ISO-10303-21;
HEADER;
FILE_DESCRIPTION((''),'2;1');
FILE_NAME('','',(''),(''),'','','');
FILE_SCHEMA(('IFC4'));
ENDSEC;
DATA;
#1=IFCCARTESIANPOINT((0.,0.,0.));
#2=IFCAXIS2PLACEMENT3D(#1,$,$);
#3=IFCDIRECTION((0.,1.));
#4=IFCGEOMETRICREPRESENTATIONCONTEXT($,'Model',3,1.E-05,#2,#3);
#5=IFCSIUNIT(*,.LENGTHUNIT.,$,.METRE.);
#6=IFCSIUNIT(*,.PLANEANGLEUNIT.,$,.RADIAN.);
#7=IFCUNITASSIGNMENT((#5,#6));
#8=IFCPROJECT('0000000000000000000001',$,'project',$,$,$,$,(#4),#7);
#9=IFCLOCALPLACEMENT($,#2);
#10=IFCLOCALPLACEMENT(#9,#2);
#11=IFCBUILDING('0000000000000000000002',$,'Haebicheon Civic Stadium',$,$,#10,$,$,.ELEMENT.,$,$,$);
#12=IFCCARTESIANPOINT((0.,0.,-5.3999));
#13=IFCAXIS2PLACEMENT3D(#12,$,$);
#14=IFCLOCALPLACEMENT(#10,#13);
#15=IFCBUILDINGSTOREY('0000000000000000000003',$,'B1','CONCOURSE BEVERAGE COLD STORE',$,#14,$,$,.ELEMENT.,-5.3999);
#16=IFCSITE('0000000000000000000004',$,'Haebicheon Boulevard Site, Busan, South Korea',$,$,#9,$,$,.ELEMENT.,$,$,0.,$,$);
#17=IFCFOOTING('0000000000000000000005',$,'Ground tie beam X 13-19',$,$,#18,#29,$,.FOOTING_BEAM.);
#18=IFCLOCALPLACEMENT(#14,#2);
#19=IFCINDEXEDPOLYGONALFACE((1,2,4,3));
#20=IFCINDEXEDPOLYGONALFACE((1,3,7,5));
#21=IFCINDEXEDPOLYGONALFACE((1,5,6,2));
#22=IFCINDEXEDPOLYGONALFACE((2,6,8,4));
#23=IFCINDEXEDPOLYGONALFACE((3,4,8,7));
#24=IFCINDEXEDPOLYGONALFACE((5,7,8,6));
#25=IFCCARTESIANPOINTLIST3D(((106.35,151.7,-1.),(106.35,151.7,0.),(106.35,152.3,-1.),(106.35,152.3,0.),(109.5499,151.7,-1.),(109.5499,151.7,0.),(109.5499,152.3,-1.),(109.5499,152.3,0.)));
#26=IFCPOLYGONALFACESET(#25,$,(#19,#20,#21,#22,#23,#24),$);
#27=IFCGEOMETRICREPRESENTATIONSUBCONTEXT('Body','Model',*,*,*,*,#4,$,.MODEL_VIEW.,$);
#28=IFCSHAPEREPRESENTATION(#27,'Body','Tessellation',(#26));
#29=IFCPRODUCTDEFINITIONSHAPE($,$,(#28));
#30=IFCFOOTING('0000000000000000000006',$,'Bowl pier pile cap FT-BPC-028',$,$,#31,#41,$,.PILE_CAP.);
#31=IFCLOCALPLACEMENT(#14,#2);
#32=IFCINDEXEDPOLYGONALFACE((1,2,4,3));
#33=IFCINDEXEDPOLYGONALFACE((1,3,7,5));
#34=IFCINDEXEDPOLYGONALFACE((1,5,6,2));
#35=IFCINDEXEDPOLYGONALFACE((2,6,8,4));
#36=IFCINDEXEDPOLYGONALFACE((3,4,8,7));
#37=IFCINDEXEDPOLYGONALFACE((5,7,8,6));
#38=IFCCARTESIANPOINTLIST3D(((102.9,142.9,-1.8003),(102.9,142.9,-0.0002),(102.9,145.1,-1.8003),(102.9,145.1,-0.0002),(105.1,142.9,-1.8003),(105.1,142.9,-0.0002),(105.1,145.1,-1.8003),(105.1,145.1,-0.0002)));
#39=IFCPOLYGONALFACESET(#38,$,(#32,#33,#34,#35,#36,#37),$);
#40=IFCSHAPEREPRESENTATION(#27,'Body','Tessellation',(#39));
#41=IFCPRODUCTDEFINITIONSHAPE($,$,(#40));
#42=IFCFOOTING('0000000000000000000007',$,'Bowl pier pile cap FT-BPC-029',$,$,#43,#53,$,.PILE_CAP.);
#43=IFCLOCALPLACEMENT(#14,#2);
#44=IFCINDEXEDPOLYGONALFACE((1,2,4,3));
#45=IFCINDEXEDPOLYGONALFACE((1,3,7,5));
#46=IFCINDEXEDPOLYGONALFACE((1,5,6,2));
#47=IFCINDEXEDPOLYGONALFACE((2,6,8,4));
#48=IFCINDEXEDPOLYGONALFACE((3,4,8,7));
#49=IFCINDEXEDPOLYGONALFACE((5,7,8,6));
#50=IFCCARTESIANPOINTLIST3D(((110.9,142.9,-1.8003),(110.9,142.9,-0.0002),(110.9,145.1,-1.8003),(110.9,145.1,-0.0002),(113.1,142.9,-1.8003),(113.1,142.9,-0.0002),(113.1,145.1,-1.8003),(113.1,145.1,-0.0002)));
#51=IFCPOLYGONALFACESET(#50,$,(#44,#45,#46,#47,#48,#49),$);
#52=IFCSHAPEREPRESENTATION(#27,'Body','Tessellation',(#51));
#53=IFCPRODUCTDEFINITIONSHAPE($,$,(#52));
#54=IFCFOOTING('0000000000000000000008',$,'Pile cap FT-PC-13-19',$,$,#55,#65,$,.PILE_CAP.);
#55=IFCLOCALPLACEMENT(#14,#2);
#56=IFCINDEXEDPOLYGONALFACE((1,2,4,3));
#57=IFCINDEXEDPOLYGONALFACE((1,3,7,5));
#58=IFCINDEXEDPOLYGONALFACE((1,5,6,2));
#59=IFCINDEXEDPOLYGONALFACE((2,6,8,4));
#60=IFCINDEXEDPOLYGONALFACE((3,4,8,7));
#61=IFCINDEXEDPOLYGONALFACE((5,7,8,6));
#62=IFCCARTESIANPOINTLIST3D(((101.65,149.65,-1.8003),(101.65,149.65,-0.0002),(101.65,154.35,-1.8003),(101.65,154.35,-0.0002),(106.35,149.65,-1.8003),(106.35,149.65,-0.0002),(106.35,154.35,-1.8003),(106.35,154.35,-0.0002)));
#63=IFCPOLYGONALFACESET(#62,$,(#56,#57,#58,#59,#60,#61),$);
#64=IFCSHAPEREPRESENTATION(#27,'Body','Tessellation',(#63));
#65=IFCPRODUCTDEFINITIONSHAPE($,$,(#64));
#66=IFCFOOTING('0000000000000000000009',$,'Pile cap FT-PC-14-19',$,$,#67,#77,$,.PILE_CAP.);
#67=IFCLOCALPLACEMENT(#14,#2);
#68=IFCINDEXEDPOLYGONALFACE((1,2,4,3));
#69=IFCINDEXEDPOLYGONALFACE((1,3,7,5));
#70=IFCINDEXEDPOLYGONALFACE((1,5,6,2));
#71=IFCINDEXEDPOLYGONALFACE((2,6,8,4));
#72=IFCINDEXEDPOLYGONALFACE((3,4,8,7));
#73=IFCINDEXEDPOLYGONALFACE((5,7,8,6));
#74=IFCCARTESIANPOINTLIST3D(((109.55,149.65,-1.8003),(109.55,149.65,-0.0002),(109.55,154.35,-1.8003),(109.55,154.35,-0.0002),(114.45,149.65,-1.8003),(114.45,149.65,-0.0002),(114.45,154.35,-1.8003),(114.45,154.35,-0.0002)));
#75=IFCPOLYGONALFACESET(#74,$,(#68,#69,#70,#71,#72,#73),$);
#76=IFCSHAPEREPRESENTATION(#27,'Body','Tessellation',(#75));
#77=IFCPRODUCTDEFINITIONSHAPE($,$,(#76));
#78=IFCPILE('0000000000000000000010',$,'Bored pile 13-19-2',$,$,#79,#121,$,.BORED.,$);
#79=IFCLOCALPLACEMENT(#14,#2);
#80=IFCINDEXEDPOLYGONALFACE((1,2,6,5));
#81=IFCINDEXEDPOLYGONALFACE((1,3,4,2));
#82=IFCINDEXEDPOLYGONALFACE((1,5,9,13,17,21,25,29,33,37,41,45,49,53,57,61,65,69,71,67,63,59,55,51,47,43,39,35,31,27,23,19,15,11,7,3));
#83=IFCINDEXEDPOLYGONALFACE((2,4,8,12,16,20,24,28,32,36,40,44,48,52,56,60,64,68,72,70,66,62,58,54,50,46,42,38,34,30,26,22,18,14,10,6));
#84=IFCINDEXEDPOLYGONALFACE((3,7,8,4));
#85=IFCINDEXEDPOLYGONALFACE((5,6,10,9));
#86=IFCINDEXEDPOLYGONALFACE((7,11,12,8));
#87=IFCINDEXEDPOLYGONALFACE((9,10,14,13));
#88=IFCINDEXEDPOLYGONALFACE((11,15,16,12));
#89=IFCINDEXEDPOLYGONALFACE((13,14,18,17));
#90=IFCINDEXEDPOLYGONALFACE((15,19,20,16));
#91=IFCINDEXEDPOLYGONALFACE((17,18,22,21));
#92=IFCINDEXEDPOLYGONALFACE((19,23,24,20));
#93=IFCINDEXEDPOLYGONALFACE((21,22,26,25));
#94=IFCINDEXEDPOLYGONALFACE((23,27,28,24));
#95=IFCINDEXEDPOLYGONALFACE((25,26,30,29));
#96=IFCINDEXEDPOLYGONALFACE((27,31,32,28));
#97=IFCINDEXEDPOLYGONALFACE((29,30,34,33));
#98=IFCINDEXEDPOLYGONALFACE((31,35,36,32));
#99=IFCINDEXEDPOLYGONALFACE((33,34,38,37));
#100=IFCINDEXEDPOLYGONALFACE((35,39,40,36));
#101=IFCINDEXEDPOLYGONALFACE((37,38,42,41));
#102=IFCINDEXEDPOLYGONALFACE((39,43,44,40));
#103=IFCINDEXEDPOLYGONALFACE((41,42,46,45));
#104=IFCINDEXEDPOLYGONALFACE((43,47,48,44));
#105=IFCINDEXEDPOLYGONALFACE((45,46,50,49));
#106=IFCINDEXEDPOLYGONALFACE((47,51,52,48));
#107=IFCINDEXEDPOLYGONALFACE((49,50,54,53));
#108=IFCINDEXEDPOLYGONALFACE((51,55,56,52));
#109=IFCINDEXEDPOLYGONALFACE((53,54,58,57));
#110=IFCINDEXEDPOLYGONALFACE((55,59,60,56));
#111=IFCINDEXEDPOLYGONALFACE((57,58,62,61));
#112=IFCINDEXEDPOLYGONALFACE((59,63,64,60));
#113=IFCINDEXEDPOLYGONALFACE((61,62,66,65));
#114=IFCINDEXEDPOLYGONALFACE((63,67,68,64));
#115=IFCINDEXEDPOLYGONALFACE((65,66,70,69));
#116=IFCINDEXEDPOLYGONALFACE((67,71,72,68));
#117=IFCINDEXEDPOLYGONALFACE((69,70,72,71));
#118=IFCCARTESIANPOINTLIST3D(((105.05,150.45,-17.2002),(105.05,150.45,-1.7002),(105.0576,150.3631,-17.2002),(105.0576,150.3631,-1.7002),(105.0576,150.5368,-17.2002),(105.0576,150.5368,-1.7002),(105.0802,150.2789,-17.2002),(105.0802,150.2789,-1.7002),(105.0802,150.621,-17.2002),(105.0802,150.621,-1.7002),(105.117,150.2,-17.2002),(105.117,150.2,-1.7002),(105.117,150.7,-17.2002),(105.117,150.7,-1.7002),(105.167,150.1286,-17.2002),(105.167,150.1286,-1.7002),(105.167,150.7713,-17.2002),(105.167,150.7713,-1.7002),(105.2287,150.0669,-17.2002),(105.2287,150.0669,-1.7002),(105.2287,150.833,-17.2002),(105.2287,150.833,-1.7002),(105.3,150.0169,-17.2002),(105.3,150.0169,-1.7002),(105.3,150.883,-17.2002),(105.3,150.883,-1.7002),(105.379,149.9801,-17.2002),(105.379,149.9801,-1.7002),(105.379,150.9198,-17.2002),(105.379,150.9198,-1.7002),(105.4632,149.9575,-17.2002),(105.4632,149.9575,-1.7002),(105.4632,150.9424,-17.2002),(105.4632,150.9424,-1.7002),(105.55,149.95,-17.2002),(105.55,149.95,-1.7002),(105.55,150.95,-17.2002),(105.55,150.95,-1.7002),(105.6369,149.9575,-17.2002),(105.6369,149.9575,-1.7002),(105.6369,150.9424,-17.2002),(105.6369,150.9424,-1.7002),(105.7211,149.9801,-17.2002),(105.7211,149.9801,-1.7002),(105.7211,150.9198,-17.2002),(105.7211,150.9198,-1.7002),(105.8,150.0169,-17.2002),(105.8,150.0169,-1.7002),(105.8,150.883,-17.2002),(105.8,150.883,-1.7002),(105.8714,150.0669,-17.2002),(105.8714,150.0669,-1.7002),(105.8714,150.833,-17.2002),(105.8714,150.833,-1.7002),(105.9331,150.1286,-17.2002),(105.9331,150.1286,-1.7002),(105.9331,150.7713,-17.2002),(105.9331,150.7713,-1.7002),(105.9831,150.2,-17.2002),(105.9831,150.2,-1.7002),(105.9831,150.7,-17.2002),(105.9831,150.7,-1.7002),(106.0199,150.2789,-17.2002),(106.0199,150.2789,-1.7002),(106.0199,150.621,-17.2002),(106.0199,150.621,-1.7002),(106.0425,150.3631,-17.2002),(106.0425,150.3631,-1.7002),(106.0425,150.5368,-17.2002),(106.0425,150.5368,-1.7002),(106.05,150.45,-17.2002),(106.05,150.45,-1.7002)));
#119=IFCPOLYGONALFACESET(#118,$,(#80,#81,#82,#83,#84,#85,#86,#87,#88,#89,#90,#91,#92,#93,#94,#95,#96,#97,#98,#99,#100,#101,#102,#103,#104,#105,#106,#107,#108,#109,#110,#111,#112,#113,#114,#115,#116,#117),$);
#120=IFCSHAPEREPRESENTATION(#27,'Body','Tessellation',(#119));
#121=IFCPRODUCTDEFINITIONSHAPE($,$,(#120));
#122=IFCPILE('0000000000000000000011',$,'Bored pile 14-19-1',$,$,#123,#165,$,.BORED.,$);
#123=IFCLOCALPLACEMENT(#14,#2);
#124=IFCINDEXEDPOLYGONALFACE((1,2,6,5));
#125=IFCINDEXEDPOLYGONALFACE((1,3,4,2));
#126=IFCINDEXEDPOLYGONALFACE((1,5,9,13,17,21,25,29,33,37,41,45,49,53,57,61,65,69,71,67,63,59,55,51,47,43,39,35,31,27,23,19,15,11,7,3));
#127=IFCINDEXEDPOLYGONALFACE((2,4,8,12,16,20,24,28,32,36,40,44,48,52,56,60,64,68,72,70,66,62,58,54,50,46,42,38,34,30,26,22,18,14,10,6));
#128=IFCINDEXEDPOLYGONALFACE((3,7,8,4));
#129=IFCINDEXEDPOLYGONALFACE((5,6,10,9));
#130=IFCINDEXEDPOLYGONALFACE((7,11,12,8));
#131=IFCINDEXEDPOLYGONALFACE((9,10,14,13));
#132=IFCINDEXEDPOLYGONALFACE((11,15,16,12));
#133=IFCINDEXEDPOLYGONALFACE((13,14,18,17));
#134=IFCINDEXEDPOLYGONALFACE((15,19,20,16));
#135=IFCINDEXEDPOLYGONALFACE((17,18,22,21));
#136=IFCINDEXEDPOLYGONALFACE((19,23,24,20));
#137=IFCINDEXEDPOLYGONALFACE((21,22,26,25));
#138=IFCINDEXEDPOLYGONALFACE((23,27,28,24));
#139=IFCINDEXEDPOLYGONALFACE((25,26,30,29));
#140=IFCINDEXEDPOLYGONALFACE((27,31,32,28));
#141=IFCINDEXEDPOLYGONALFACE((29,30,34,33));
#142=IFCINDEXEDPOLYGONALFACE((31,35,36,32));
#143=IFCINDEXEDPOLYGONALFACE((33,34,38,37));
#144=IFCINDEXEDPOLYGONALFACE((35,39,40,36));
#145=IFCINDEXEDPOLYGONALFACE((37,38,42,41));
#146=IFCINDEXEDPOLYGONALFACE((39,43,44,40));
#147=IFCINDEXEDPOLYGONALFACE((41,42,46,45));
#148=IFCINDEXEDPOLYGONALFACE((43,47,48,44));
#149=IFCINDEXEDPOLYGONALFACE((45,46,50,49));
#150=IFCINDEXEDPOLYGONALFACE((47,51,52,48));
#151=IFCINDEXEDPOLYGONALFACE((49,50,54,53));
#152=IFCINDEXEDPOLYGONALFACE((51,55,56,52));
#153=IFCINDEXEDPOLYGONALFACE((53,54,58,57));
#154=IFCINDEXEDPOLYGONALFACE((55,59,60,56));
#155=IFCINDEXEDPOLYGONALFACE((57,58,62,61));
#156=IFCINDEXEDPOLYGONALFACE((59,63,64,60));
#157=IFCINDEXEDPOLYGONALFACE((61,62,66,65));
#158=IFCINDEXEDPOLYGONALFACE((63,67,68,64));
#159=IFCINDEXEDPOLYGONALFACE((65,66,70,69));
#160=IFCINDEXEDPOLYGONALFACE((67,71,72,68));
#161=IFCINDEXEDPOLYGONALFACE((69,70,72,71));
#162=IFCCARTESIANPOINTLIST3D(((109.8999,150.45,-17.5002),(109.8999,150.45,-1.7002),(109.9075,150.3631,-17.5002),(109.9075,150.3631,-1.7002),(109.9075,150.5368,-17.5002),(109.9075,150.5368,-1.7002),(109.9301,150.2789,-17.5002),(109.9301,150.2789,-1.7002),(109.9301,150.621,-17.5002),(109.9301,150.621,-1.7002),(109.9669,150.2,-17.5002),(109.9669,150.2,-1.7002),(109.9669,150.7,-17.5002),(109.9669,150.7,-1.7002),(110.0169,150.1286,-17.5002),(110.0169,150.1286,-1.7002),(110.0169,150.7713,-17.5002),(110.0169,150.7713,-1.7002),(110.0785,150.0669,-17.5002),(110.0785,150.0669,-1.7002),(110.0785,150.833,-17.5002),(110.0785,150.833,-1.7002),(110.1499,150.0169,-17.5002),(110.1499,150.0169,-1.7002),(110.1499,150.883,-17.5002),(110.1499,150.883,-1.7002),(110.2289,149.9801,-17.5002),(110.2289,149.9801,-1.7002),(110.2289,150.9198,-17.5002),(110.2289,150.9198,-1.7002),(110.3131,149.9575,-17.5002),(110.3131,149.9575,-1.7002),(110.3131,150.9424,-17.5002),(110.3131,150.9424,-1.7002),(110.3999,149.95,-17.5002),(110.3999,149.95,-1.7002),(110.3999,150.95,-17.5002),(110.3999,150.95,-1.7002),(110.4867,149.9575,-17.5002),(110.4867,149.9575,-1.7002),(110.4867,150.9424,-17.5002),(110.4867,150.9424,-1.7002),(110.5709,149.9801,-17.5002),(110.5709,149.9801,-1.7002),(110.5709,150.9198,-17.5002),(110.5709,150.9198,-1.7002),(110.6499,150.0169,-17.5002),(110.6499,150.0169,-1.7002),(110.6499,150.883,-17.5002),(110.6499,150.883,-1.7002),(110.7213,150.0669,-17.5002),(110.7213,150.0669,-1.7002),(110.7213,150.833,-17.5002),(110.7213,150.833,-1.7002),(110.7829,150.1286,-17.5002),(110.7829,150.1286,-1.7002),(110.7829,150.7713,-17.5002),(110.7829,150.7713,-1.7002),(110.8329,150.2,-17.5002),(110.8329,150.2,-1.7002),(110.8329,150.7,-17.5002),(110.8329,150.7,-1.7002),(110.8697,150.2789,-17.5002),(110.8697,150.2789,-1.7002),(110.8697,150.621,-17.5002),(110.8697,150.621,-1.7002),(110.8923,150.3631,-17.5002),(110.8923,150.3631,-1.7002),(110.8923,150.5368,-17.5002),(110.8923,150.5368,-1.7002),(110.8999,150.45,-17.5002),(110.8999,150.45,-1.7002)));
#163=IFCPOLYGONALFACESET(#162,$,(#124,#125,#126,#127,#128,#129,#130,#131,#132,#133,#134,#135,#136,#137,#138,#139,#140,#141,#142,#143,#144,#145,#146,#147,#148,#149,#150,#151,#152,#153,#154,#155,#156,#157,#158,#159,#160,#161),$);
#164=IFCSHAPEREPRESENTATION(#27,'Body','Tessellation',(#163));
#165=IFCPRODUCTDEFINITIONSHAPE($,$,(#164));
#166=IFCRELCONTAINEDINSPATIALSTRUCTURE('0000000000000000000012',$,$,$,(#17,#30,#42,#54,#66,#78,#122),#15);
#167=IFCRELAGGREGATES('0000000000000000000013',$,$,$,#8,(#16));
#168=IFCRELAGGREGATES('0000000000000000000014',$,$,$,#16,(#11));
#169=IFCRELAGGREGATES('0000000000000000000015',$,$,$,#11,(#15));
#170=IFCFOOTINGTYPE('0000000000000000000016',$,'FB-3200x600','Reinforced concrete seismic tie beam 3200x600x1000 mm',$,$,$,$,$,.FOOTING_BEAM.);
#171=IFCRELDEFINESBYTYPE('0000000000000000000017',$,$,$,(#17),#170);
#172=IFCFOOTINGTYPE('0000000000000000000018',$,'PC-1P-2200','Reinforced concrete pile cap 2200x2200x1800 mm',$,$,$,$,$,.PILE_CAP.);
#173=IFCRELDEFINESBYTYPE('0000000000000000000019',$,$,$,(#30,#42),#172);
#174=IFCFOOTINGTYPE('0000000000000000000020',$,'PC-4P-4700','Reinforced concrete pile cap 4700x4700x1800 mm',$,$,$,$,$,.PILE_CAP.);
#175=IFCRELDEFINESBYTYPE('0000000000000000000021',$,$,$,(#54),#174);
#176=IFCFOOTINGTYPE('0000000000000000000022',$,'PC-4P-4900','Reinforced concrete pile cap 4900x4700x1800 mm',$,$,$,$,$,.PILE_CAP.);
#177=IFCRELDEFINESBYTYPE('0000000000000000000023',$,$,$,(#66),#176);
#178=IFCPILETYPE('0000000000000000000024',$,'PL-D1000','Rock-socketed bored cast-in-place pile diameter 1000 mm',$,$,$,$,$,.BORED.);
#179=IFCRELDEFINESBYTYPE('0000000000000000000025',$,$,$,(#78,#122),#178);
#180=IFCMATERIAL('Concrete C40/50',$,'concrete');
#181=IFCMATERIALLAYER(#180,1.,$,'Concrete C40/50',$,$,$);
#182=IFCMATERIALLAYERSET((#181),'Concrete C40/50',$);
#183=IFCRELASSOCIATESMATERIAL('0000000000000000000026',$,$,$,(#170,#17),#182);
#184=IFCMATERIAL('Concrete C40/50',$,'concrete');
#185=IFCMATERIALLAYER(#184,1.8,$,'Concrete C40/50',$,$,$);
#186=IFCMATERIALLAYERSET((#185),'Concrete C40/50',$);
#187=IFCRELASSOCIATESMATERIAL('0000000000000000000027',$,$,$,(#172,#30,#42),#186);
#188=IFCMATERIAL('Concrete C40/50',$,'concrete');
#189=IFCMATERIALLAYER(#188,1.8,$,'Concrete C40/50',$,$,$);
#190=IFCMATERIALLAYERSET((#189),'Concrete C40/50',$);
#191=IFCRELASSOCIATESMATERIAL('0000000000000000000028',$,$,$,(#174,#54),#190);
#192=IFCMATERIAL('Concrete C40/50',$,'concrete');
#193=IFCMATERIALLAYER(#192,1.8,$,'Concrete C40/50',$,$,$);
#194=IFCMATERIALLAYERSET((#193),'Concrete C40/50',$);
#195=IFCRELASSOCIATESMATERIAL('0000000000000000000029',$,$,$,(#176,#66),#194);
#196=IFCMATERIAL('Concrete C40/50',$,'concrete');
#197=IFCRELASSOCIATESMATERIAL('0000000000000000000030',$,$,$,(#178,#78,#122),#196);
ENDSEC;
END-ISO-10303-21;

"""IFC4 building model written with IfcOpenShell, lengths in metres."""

from ifc_helpers import new_model, si_unit, direction, frame, origin, origin_2d, place, context, subcontext, project, spatial, rectangle, circle, extrude, material, layer, layer_set, material_profile, profile_set, type_object, element, save


model = new_model("IFC4")

# Units and contexts
model_context = context("Model", 3, precision=1e-05, world=origin(), true_north=direction((0.0, 1.0)))
body_context = subcontext(model_context, "Body", "Model", "MODEL_VIEW")
ifc_project = project(units=[si_unit("LENGTHUNIT", "METRE"), si_unit("PLANEANGLEUNIT", "RADIAN")], contexts=[model_context])

# Site, building, storey
site_placement = place(None, origin())
site = spatial("IfcSite", under=ifc_project, at=site_placement, Name="Haebicheon Boulevard Site, Busan, South Korea", CompositionType="ELEMENT", RefElevation=0.0)
building_placement = place(site_placement, origin())
building = spatial("IfcBuilding", under=site, at=building_placement, Name="Haebicheon Civic Stadium", CompositionType="ELEMENT")
storey_placement = place(building_placement, frame((0.0, 0.0, -5.3999)))
storey = spatial("IfcBuildingStorey", under=building, at=storey_placement, Name="B1", Description="CONCOURSE BEVERAGE COLD STORE", CompositionType="ELEMENT", Elevation=-5.3999)

# Footings
ifc_material_1 = material(Name="Concrete C40/50", Category="concrete")
ifc_layer_1 = layer(ifc_material_1, 1.0, Name="Concrete C40/50")
ifc_layer_set_1 = layer_set([ifc_layer_1], Name="Concrete C40/50")
footing_type_1 = type_object("IfcFootingType", Name="FB-3200x600", Description="Reinforced concrete seismic tie beam 3200x600x1000 mm", PredefinedType="FOOTING_BEAM", material=ifc_layer_set_1)
footing_1_placement = place(storey_placement, frame((107.95, 152.0, -1.0), z_axis=(0.0, 0.0, 1.0), x_axis=(1.0, 0.0, 0.0)))
element("IfcFooting", 1, at=footing_1_placement, inside=storey, type_object=footing_type_1, material=ifc_layer_set_1, Name="Ground tie beam X 13-19", PredefinedType="FOOTING_BEAM", context=body_context, shape_type="SweptSolid", body=[
    extrude(rectangle(XDim=3.2, YDim=0.6001, at=origin_2d()), origin(), (0.0, 0.0, 1.0), 1.0),
])
ifc_material_2 = material(Name="Concrete C40/50", Category="concrete")
ifc_layer_2 = layer(ifc_material_2, 1.8, Name="Concrete C40/50")
ifc_layer_set_2 = layer_set([ifc_layer_2], Name="Concrete C40/50")
footing_type_2 = type_object("IfcFootingType", Name="PC-1P-2200", Description="Reinforced concrete pile cap 2200x2200x1800 mm", PredefinedType="PILE_CAP", material=ifc_layer_set_2)
for number, where, z_axis, x_axis, name in (
    (2, (104.0, 144.0, -1.8003), (0.0, 0.0, 1.0), (1.0, 0.0, 0.0), "Bowl pier pile cap FT-BPC-028"),
    (3, (112.0, 144.0, -1.8003), (0.0, 0.0, 1.0), (1.0, 0.0, 0.0), "Bowl pier pile cap FT-BPC-029"),
):
    element("IfcFooting", number, at=place(storey_placement, frame(where, z_axis=z_axis, x_axis=x_axis)), inside=storey, type_object=footing_type_2, material=ifc_layer_set_2, Name=name, PredefinedType="PILE_CAP", context=body_context, shape_type="SweptSolid", body=[
        extrude(rectangle(XDim=2.2, YDim=2.2, at=origin_2d()), origin(), (0.0, 0.0, 1.0), 1.8),
    ])
ifc_material_3 = material(Name="Concrete C40/50", Category="concrete")
ifc_layer_3 = layer(ifc_material_3, 1.8, Name="Concrete C40/50")
ifc_layer_set_3 = layer_set([ifc_layer_3], Name="Concrete C40/50")
footing_type_3 = type_object("IfcFootingType", Name="PC-4P-4700", Description="Reinforced concrete pile cap 4700x4700x1800 mm", PredefinedType="PILE_CAP", material=ifc_layer_set_3)
footing_2_placement = place(storey_placement, frame((104.0, 152.0, -1.8003), z_axis=(0.0, 0.0, 1.0), x_axis=(1.0, 0.0, 0.0)))
element("IfcFooting", 4, at=footing_2_placement, inside=storey, type_object=footing_type_3, material=ifc_layer_set_3, Name="Pile cap FT-PC-13-19", PredefinedType="PILE_CAP", context=body_context, shape_type="SweptSolid", body=[
    extrude(rectangle(XDim=4.7, YDim=4.7, at=origin_2d()), origin(), (0.0, 0.0, 1.0), 1.8),
])
ifc_material_4 = material(Name="Concrete C40/50", Category="concrete")
ifc_layer_4 = layer(ifc_material_4, 1.8, Name="Concrete C40/50")
ifc_layer_set_4 = layer_set([ifc_layer_4], Name="Concrete C40/50")
footing_type_4 = type_object("IfcFootingType", Name="PC-4P-4900", Description="Reinforced concrete pile cap 4900x4700x1800 mm", PredefinedType="PILE_CAP", material=ifc_layer_set_4)
footing_3_placement = place(storey_placement, frame((112.0, 152.0, -1.8003), z_axis=(0.0, 0.0, 1.0), x_axis=(1.0, 0.0, 0.0)))
element("IfcFooting", 5, at=footing_3_placement, inside=storey, type_object=footing_type_4, material=ifc_layer_set_4, Name="Pile cap FT-PC-14-19", PredefinedType="PILE_CAP", context=body_context, shape_type="SweptSolid", body=[
    extrude(rectangle(XDim=4.8999, YDim=4.7, at=origin_2d()), origin(), (0.0, 0.0, 1.0), 1.8),
])

# Piles
ifc_material_5 = material(Name="Concrete C40/50", Category="concrete")
ifc_material_profile_1 = material_profile(ifc_material_5, circle(Radius=0.5, at=origin_2d()), Name="PILE-D1000")
ifc_profile_set_1 = profile_set([ifc_material_profile_1], Name="Concrete C40/50")
pile_type = type_object("IfcPileType", Name="PL-D1000", Description="Rock-socketed bored cast-in-place pile diameter 1000 mm", PredefinedType="BORED", material=ifc_profile_set_1)
pile_placement = place(storey_placement, frame((105.55, 150.45, -1.7002), z_axis=(0.0, 0.0, -1.0), x_axis=(1.0, 0.0, 0.0)))
element("IfcPile", 6, at=pile_placement, inside=storey, type_object=pile_type, material=ifc_profile_set_1, Name="Bored pile 13-19-2", PredefinedType="BORED", context=body_context, shape_type="SweptSolid", body=[
    extrude(circle(Radius=0.5, at=origin_2d()), origin(), (0.0, 0.0, 1.0), 15.5),
])
for number, where, z_axis, x_axis, name in (
    (7, (110.3999, 150.45, -1.7002), (0.0, 0.0, -1.0), (1.0, 0.0, 0.0), "Bored pile 14-19-1"),
):
    element("IfcPile", number, at=place(storey_placement, frame(where, z_axis=z_axis, x_axis=x_axis)), inside=storey, type_object=pile_type, material=ifc_profile_set_1, Name=name, PredefinedType="BORED", context=body_context, shape_type="SweptSolid", body=[
        extrude(circle(Radius=0.5, at=origin_2d()), origin(), (0.0, 0.0, 1.0), 15.8),
    ])

save(model, "model.ifc")
